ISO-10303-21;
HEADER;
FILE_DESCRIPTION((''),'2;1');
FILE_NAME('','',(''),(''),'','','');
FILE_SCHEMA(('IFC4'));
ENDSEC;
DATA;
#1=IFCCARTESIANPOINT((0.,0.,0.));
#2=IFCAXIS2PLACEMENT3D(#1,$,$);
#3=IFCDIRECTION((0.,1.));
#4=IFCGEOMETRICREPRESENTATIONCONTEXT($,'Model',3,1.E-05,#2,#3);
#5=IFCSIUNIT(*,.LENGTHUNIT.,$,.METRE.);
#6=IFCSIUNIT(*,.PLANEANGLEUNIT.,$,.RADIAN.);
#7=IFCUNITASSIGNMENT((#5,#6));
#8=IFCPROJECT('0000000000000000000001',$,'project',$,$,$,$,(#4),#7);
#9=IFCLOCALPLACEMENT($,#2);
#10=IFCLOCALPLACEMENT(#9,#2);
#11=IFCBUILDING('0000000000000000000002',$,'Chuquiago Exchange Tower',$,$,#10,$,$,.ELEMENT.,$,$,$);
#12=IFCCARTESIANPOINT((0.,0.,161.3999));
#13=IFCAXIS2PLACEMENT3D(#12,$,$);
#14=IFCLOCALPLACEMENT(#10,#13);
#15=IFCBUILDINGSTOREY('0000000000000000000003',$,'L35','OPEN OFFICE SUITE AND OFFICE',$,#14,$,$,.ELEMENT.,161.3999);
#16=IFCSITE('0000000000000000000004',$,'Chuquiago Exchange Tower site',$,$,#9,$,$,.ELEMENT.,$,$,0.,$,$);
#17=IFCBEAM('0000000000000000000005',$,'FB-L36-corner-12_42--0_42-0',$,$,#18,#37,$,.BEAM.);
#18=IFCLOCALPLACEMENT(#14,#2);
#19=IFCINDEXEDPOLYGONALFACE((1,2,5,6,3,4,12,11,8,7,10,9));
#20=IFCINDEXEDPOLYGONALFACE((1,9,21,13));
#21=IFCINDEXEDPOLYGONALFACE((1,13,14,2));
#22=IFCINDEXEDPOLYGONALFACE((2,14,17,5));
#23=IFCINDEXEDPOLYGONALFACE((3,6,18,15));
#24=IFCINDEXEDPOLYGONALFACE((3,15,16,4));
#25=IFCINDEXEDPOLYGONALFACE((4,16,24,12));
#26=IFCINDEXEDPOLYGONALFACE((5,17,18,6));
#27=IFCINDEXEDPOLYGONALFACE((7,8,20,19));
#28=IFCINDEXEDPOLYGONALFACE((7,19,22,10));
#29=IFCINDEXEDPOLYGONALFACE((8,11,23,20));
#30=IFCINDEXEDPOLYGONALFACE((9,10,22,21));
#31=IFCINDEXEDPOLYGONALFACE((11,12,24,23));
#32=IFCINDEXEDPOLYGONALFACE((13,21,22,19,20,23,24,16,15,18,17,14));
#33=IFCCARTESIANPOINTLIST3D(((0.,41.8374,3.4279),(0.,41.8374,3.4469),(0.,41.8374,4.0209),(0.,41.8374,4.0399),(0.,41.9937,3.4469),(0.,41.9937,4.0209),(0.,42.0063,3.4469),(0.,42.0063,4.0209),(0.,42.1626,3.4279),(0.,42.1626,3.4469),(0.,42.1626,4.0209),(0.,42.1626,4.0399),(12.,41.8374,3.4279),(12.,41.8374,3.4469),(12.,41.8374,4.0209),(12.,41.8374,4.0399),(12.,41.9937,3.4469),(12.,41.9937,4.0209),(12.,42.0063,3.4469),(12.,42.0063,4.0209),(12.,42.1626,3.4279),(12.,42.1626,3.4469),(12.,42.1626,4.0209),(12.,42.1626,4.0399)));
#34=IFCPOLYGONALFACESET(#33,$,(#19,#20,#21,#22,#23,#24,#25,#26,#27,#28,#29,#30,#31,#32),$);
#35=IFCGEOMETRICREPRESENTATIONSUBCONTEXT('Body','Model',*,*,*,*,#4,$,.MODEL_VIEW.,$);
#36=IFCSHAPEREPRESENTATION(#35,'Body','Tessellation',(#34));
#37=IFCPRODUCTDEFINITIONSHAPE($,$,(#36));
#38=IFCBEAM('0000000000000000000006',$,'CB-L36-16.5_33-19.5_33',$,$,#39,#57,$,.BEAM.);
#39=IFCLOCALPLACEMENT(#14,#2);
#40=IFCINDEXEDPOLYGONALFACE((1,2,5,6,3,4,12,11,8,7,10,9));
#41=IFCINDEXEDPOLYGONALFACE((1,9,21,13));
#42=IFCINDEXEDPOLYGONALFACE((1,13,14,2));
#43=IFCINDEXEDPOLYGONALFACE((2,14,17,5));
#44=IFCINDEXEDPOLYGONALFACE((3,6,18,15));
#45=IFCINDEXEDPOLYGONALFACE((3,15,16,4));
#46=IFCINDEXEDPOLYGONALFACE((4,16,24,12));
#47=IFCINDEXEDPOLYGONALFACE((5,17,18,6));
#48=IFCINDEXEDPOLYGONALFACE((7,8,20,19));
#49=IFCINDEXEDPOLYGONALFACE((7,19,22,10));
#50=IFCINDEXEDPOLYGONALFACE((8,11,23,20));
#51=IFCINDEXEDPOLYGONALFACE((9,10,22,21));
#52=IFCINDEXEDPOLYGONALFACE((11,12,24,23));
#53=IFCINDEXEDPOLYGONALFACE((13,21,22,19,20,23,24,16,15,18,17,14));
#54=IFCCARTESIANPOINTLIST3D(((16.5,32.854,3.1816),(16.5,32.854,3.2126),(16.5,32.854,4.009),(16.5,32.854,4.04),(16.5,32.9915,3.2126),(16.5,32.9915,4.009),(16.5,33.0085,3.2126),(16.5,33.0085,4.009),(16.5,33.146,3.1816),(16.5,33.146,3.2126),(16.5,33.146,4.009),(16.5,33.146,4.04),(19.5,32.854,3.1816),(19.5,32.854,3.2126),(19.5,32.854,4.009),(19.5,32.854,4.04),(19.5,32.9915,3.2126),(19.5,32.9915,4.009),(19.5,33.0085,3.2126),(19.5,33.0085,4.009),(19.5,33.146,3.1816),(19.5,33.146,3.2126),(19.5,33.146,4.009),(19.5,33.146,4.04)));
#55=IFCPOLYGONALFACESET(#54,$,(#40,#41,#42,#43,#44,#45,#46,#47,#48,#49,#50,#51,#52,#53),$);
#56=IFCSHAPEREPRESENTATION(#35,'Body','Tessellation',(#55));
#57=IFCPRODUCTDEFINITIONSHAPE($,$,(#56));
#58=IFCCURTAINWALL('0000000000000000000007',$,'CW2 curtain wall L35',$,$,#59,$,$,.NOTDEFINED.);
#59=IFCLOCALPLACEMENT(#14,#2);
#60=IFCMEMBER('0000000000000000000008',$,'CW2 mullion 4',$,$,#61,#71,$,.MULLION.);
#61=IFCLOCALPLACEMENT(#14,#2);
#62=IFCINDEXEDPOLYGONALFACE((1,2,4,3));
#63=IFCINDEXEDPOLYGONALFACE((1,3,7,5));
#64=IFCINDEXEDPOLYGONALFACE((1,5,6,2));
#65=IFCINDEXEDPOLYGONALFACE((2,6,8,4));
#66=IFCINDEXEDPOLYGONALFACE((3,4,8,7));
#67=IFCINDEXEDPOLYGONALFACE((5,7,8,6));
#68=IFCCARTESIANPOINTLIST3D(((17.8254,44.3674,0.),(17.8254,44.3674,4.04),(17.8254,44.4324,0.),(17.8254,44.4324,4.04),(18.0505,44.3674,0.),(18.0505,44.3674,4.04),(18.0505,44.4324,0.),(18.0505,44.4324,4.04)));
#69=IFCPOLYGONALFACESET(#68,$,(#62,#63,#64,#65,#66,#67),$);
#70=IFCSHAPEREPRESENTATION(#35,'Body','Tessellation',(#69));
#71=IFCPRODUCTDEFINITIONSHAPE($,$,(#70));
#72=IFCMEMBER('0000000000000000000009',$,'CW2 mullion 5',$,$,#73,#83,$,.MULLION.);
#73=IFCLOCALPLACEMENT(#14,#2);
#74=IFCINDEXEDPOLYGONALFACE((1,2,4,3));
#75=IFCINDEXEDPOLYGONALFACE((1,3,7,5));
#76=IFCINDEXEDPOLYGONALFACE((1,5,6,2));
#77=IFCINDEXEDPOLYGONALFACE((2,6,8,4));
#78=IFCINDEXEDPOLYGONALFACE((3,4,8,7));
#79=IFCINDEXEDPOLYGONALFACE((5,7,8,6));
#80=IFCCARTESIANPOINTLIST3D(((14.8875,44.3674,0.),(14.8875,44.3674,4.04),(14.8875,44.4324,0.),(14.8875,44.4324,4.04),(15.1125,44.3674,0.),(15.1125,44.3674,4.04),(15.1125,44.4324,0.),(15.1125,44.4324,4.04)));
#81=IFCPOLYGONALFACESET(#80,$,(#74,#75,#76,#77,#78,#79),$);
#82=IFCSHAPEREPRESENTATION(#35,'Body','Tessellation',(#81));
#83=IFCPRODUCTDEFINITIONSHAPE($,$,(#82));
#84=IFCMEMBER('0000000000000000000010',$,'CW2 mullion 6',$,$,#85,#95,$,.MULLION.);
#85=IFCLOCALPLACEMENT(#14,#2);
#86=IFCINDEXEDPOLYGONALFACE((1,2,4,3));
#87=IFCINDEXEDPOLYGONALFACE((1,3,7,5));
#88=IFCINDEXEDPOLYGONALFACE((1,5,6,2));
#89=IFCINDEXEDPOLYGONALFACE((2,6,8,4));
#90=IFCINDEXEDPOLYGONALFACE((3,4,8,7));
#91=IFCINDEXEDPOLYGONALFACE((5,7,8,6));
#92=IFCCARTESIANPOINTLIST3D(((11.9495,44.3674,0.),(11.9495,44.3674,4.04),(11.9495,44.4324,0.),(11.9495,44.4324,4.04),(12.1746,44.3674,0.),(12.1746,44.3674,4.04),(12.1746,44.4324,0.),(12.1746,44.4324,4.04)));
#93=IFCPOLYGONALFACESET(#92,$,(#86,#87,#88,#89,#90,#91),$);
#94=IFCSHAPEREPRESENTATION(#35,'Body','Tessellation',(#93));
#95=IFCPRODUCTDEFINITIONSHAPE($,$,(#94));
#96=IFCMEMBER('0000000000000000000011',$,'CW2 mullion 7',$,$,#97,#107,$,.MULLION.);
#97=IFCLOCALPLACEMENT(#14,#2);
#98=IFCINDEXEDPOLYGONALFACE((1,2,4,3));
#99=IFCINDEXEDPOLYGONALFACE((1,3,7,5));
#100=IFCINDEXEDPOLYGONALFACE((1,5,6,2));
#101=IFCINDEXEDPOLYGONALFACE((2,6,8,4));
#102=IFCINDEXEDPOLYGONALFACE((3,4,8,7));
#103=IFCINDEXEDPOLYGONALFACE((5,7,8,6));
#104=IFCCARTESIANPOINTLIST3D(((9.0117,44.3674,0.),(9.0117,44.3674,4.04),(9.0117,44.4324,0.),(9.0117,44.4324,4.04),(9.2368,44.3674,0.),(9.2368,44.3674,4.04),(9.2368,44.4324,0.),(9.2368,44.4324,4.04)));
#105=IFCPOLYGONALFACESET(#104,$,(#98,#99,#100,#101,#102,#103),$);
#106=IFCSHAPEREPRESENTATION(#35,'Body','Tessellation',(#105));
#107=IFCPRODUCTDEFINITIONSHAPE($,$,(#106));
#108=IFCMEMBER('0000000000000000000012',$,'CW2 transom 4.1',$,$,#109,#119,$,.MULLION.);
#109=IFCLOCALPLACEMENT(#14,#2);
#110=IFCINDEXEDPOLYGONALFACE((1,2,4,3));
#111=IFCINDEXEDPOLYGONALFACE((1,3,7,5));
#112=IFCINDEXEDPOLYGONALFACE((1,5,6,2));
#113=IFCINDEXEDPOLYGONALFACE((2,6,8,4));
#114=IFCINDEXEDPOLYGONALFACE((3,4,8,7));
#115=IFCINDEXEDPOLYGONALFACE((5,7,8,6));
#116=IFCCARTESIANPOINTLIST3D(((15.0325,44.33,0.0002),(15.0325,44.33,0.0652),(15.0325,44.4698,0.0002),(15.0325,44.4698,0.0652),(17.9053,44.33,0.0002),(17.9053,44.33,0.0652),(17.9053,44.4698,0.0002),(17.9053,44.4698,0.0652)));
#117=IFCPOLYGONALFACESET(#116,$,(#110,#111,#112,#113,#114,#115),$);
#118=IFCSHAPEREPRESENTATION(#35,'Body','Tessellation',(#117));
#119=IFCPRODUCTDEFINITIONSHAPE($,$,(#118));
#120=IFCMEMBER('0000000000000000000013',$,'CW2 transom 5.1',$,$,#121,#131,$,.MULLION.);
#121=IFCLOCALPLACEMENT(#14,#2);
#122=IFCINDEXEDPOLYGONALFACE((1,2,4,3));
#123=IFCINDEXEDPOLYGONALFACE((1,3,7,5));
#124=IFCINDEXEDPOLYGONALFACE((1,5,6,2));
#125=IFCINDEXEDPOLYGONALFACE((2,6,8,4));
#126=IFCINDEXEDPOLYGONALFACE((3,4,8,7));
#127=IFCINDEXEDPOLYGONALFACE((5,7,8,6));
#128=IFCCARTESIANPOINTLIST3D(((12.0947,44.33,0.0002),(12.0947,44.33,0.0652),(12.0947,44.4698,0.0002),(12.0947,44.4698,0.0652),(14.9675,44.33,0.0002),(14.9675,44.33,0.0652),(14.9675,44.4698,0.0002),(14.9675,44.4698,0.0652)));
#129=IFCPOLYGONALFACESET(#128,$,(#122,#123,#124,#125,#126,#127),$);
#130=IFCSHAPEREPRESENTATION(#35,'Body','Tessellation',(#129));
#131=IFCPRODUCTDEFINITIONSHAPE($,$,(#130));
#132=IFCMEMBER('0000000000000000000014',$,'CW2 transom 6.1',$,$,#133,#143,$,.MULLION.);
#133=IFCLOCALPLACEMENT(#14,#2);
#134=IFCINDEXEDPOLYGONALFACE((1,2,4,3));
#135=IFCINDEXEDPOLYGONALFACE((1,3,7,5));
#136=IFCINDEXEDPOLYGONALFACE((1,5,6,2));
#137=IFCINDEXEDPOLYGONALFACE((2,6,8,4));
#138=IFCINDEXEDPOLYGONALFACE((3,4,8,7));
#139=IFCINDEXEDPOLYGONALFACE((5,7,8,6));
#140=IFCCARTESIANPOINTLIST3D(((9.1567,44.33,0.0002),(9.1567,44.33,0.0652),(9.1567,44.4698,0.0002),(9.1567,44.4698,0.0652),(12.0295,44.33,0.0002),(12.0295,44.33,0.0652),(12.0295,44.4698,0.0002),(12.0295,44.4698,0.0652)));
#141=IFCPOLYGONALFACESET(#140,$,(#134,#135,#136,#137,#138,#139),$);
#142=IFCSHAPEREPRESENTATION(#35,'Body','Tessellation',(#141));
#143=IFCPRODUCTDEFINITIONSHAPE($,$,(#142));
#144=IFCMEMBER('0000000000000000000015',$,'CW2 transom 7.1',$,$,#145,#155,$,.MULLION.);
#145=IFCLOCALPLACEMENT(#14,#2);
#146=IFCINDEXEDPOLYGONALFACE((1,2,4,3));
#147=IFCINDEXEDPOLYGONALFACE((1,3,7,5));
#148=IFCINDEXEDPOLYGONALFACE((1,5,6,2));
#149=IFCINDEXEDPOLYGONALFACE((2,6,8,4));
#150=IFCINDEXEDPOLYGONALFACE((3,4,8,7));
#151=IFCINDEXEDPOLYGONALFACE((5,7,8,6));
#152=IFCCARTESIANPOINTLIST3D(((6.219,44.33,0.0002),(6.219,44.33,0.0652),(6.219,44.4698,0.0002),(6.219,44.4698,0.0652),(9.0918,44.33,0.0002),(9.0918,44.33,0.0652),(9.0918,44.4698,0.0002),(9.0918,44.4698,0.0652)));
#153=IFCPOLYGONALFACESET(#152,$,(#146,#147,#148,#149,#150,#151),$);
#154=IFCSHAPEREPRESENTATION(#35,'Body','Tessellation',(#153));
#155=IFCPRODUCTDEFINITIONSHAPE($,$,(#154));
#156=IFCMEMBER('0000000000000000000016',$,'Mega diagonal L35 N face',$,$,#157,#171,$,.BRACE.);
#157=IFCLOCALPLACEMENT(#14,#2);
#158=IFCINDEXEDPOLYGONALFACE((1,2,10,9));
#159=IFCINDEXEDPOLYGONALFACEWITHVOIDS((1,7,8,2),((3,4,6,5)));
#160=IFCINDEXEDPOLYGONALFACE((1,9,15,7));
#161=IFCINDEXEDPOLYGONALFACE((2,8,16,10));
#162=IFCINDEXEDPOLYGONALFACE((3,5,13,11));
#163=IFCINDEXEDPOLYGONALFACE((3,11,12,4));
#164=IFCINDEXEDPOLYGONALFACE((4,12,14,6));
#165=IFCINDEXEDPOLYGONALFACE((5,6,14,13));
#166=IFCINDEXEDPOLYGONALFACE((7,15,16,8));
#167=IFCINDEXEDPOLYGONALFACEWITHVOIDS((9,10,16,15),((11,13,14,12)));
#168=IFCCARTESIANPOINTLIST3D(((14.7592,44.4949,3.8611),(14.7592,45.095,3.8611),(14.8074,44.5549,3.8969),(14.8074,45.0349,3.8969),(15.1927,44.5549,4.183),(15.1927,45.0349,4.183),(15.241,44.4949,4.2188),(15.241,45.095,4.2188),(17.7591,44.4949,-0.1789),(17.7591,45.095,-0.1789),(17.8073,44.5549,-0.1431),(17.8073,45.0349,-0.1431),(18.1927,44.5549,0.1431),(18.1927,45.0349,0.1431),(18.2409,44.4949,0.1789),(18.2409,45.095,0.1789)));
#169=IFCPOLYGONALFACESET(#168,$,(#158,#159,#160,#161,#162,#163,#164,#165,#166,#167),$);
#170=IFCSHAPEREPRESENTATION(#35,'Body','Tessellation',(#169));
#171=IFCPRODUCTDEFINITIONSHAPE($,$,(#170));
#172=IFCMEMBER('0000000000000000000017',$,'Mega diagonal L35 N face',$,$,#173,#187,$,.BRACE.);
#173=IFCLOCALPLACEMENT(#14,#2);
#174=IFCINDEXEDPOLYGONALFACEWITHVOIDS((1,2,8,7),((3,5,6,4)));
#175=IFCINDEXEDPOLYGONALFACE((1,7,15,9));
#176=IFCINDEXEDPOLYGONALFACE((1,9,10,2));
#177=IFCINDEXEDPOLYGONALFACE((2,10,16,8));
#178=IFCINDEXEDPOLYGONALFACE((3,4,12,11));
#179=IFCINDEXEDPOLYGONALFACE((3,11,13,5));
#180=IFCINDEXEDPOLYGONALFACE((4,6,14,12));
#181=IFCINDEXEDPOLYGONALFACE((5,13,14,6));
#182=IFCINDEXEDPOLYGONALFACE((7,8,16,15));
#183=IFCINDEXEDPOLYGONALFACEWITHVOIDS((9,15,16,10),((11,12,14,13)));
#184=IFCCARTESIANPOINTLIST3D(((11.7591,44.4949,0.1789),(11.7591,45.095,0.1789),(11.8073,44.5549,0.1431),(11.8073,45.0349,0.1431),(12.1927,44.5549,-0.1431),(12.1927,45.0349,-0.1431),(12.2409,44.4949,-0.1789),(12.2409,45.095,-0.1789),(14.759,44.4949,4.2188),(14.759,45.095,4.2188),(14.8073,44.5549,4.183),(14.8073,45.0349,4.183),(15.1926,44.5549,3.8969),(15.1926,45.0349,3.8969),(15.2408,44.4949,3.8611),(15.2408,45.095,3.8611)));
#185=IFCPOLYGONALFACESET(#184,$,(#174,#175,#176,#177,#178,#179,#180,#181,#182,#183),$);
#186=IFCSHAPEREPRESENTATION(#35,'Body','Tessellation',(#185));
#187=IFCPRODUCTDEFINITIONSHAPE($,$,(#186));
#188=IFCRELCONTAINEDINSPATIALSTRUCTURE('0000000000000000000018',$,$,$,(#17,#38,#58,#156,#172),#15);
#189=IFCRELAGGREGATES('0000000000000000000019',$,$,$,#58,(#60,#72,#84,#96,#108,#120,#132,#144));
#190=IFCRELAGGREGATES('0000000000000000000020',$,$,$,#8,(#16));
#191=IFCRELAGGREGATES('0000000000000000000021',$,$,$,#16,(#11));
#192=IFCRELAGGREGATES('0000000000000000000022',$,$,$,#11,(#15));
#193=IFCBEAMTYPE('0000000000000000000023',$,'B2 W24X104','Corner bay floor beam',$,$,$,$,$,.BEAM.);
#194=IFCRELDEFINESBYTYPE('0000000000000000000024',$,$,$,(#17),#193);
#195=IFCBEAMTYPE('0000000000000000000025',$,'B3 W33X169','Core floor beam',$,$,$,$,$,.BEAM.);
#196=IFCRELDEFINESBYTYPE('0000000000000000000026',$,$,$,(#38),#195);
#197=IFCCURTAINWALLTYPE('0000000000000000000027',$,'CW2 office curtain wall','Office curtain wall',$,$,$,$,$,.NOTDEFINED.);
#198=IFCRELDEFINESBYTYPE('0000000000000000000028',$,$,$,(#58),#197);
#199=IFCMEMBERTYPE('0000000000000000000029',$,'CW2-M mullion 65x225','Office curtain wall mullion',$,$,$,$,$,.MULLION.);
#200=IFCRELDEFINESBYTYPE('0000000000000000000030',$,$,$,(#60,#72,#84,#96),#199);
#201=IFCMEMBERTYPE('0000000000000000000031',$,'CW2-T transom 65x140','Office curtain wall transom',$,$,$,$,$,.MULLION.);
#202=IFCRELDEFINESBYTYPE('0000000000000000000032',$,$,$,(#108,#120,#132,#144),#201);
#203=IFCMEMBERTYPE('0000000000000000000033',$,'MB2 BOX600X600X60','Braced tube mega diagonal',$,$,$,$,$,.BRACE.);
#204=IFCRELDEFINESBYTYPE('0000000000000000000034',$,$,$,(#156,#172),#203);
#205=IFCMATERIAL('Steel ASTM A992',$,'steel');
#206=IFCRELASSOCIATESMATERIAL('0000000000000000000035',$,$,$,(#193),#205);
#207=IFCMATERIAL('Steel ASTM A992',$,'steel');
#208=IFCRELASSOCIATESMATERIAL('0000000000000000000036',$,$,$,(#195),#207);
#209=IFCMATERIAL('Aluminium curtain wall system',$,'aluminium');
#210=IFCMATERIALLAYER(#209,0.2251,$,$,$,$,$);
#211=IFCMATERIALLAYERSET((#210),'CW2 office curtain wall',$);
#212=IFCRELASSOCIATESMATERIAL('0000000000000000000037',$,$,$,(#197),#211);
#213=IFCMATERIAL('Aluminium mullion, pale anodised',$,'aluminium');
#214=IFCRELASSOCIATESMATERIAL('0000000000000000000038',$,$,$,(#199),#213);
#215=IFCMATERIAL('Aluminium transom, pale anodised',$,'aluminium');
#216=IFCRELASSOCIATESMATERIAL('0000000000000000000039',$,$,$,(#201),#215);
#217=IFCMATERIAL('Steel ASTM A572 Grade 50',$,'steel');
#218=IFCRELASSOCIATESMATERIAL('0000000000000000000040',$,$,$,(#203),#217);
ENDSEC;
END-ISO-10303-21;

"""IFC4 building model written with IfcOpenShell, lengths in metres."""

from ifc_helpers import new_model, si_unit, direction, frame, origin, origin_2d, place, context, subcontext, project, spatial, rectangle, hollow_rectangle, i_section, extrude, material, layer, layer_set, material_profile, profile_set, type_object, element, aggregate, save


model = new_model("IFC4")

# Units and contexts
model_context = context("Model", 3, precision=1e-05, world=origin(), true_north=direction((0.0, 1.0)))
body_context = subcontext(model_context, "Body", "Model", "MODEL_VIEW")
ifc_project = project(units=[si_unit("LENGTHUNIT", "METRE"), si_unit("PLANEANGLEUNIT", "RADIAN")], contexts=[model_context])

# Site, building, storey
site_placement = place(None, origin())
site = spatial("IfcSite", under=ifc_project, at=site_placement, Name="Chuquiago Exchange Tower site", CompositionType="ELEMENT", RefElevation=0.0)
building_placement = place(site_placement, origin())
building = spatial("IfcBuilding", under=site, at=building_placement, Name="Chuquiago Exchange Tower", CompositionType="ELEMENT")
storey_placement = place(building_placement, frame((0.0, 0.0, 161.3999)))
storey = spatial("IfcBuildingStorey", under=building, at=storey_placement, Name="L35", Description="OPEN OFFICE SUITE AND OFFICE", CompositionType="ELEMENT", Elevation=161.3999)

# Beams
ifc_material_1 = material(Name="Steel ASTM A992", Category="steel")
ifc_material_profile_1 = material_profile(ifc_material_1, i_section(OverallWidth=0.3252, OverallDepth=0.6121, WebThickness=0.0127, FlangeThickness=0.019, at=origin_2d()), Name="W24X104")
ifc_profile_set_1 = profile_set([ifc_material_profile_1], Name="Steel ASTM A992")
beam_type_1 = type_object("IfcBeamType", Name="B2 W24X104", Description="Corner bay floor beam", PredefinedType="BEAM", material=ifc_profile_set_1)
for number, where, z_axis, x_axis, name in (
    (1, (12.0, 42.0, 3.7339), (-1.0, 0.0, 0.0), (0.0, -1.0, 0.0), "FB-L36-corner-12_42--0_42-0"),
):
    element("IfcBeam", number, at=place(storey_placement, frame(where, z_axis=z_axis, x_axis=x_axis)), inside=storey, type_object=beam_type_1, Name=name, PredefinedType="BEAM", context=body_context, shape_type="SweptSolid", body=[
        extrude(i_section(OverallWidth=0.3252, OverallDepth=0.6121, WebThickness=0.0127, FlangeThickness=0.019, at=origin_2d()), origin(), (0.0, 0.0, 1.0), 12.0),
    ])
ifc_material_2 = material(Name="Steel ASTM A992", Category="steel")
ifc_material_profile_2 = material_profile(ifc_material_2, i_section(OverallWidth=0.292, OverallDepth=0.8584, WebThickness=0.0171, FlangeThickness=0.031, at=origin_2d()), Name="W33X169")
ifc_profile_set_2 = profile_set([ifc_material_profile_2], Name="Steel ASTM A992")
beam_type_2 = type_object("IfcBeamType", Name="B3 W33X169", Description="Core floor beam", PredefinedType="BEAM", material=ifc_profile_set_2)
beam_placement = place(storey_placement, frame((16.5, 33.0, 3.6108), z_axis=(1.0, 0.0, 0.0), x_axis=(0.0, 1.0, 0.0)))
element("IfcBeam", 2, at=beam_placement, inside=storey, type_object=beam_type_2, Name="CB-L36-16.5_33-19.5_33", PredefinedType="BEAM", context=body_context, shape_type="SweptSolid", body=[
    extrude(i_section(OverallWidth=0.292, OverallDepth=0.8584, WebThickness=0.0171, FlangeThickness=0.031, at=origin_2d()), origin(), (0.0, 0.0, 1.0), 3.0),
])

# Curtain wall, members
ifc_material_3 = material(Name="Aluminium curtain wall system", Category="aluminium")
ifc_layer_1 = layer(ifc_material_3, 0.2251)
ifc_layer_set_1 = layer_set([ifc_layer_1], Name="CW2 office curtain wall")
curtain_wall_type = type_object("IfcCurtainWallType", Name="CW2 office curtain wall", Description="Office curtain wall", PredefinedType="NOTDEFINED", material=ifc_layer_set_1)
curtain_wall_placement = place(storey_placement, origin())
curtain_wall = element("IfcCurtainWall", 3, at=curtain_wall_placement, inside=storey, type_object=curtain_wall_type, Name="CW2 curtain wall L35", PredefinedType="NOTDEFINED")
ifc_material_4 = material(Name="Aluminium mullion, pale anodised", Category="aluminium")
ifc_material_profile_3 = material_profile(ifc_material_4, rectangle(XDim=0.0649, YDim=0.2251, at=origin_2d()), Name="AL 65x225")
ifc_profile_set_3 = profile_set([ifc_material_profile_3], Name="Aluminium mullion, pale anodised")
member_type_1 = type_object("IfcMemberType", Name="CW2-M mullion 65x225", Description="Office curtain wall mullion", PredefinedType="MULLION", material=ifc_profile_set_3)
member_1_placement = place(storey_placement, frame((17.938, 44.3999, 0.0), z_axis=(0.0, 0.0, 1.0), x_axis=(0.0, -1.0, 0.0)))
member_1 = element("IfcMember", 4, at=member_1_placement, type_object=member_type_1, Name="CW2 mullion 4", PredefinedType="MULLION", context=body_context, shape_type="SweptSolid", body=[
    extrude(rectangle(XDim=0.0649, YDim=0.2251, at=origin_2d()), origin(), (0.0, 0.0, 1.0), 4.04),
])
member_2_placement = place(storey_placement, frame((15.0, 44.3999, 0.0), z_axis=(0.0, 0.0, 1.0), x_axis=(0.0, -1.0, 0.0)))
member_2 = element("IfcMember", 5, at=member_2_placement, type_object=member_type_1, Name="CW2 mullion 5", PredefinedType="MULLION", context=body_context, shape_type="SweptSolid", body=[
    extrude(rectangle(XDim=0.0649, YDim=0.2251, at=origin_2d()), origin(), (0.0, 0.0, 1.0), 4.04),
])
member_3_placement = place(storey_placement, frame((12.062, 44.3999, 0.0), z_axis=(0.0, 0.0, 1.0), x_axis=(0.0, -1.0, 0.0)))
member_3 = element("IfcMember", 6, at=member_3_placement, type_object=member_type_1, Name="CW2 mullion 6", PredefinedType="MULLION", context=body_context, shape_type="SweptSolid", body=[
    extrude(rectangle(XDim=0.0649, YDim=0.2251, at=origin_2d()), origin(), (0.0, 0.0, 1.0), 4.04),
])
member_4_placement = place(storey_placement, frame((9.1243, 44.3999, 0.0), z_axis=(0.0, 0.0, 1.0), x_axis=(0.0, -1.0, 0.0)))
member_4 = element("IfcMember", 7, at=member_4_placement, type_object=member_type_1, Name="CW2 mullion 7", PredefinedType="MULLION", context=body_context, shape_type="SweptSolid", body=[
    extrude(rectangle(XDim=0.0649, YDim=0.2251, at=origin_2d()), origin(), (0.0, 0.0, 1.0), 4.04),
])
ifc_material_5 = material(Name="Aluminium transom, pale anodised", Category="aluminium")
ifc_material_profile_4 = material_profile(ifc_material_5, rectangle(XDim=0.1399, YDim=0.0649, at=origin_2d()), Name="AL 140x65")
ifc_profile_set_4 = profile_set([ifc_material_profile_4], Name="Aluminium transom, pale anodised")
member_type_2 = type_object("IfcMemberType", Name="CW2-T transom 65x140", Description="Office curtain wall transom", PredefinedType="MULLION", material=ifc_profile_set_4)
member_5_placement = place(storey_placement, frame((17.9053, 44.3999, 0.0327), z_axis=(-1.0, 0.0, 0.0), x_axis=(0.0, -1.0, 0.0)))
member_5 = element("IfcMember", 8, at=member_5_placement, type_object=member_type_2, Name="CW2 transom 4.1", PredefinedType="MULLION", context=body_context, shape_type="SweptSolid", body=[
    extrude(rectangle(XDim=0.1399, YDim=0.0649, at=origin_2d()), origin(), (0.0, 0.0, 1.0), 2.8728),
])
member_6_placement = place(storey_placement, frame((14.9675, 44.3999, 0.0327), z_axis=(-1.0, 0.0, 0.0), x_axis=(0.0, -1.0, 0.0)))
member_6 = element("IfcMember", 9, at=member_6_placement, type_object=member_type_2, Name="CW2 transom 5.1", PredefinedType="MULLION", context=body_context, shape_type="SweptSolid", body=[
    extrude(rectangle(XDim=0.1399, YDim=0.0649, at=origin_2d()), origin(), (0.0, 0.0, 1.0), 2.8728),
])
member_7_placement = place(storey_placement, frame((12.0295, 44.3999, 0.0327), z_axis=(-1.0, 0.0, 0.0), x_axis=(0.0, -1.0, 0.0)))
member_7 = element("IfcMember", 10, at=member_7_placement, type_object=member_type_2, Name="CW2 transom 6.1", PredefinedType="MULLION", context=body_context, shape_type="SweptSolid", body=[
    extrude(rectangle(XDim=0.1399, YDim=0.0649, at=origin_2d()), origin(), (0.0, 0.0, 1.0), 2.8728),
])
member_8_placement = place(storey_placement, frame((9.0918, 44.3999, 0.0327), z_axis=(-1.0, 0.0, 0.0), x_axis=(0.0, -1.0, 0.0)))
member_8 = element("IfcMember", 11, at=member_8_placement, type_object=member_type_2, Name="CW2 transom 7.1", PredefinedType="MULLION", context=body_context, shape_type="SweptSolid", body=[
    extrude(rectangle(XDim=0.1399, YDim=0.0649, at=origin_2d()), origin(), (0.0, 0.0, 1.0), 2.8728),
])

# Members
ifc_material_6 = material(Name="Steel ASTM A572 Grade 50", Category="steel")
ifc_material_profile_5 = material_profile(ifc_material_6, hollow_rectangle(XDim=0.6001, YDim=0.6001, WallThickness=0.0601, at=origin_2d()), Name="BOX600X600X60")
ifc_profile_set_5 = profile_set([ifc_material_profile_5], Name="Steel ASTM A572 Grade 50")
member_type_3 = type_object("IfcMemberType", Name="MB2 BOX600X600X60", Description="Braced tube mega diagonal", PredefinedType="BRACE", material=ifc_profile_set_5)
for number, where, z_axis, x_axis, name in (
    (12, (18.0, 44.7949, 0.0), (-0.596174, 0.0, 0.802855), (0.0, -1.0, 0.0), "Mega diagonal L35 N face"),
    (13, (12.0, 44.7949, 0.0), (0.596174, 0.0, 0.802855), (0.0, 1.0, 0.0), "Mega diagonal L35 N face"),
):
    element("IfcMember", number, at=place(storey_placement, frame(where, z_axis=z_axis, x_axis=x_axis)), inside=storey, type_object=member_type_3, Name=name, PredefinedType="BRACE", context=body_context, shape_type="SweptSolid", body=[
        extrude(hollow_rectangle(XDim=0.6001, YDim=0.6001, WallThickness=0.0601, at=origin_2d()), origin(), (0.0, 0.0, 1.0), 5.032),
    ])

aggregate(curtain_wall, [member_1, member_2, member_3, member_4, member_5, member_6, member_7, member_8])

save(model, "model.ifc")
